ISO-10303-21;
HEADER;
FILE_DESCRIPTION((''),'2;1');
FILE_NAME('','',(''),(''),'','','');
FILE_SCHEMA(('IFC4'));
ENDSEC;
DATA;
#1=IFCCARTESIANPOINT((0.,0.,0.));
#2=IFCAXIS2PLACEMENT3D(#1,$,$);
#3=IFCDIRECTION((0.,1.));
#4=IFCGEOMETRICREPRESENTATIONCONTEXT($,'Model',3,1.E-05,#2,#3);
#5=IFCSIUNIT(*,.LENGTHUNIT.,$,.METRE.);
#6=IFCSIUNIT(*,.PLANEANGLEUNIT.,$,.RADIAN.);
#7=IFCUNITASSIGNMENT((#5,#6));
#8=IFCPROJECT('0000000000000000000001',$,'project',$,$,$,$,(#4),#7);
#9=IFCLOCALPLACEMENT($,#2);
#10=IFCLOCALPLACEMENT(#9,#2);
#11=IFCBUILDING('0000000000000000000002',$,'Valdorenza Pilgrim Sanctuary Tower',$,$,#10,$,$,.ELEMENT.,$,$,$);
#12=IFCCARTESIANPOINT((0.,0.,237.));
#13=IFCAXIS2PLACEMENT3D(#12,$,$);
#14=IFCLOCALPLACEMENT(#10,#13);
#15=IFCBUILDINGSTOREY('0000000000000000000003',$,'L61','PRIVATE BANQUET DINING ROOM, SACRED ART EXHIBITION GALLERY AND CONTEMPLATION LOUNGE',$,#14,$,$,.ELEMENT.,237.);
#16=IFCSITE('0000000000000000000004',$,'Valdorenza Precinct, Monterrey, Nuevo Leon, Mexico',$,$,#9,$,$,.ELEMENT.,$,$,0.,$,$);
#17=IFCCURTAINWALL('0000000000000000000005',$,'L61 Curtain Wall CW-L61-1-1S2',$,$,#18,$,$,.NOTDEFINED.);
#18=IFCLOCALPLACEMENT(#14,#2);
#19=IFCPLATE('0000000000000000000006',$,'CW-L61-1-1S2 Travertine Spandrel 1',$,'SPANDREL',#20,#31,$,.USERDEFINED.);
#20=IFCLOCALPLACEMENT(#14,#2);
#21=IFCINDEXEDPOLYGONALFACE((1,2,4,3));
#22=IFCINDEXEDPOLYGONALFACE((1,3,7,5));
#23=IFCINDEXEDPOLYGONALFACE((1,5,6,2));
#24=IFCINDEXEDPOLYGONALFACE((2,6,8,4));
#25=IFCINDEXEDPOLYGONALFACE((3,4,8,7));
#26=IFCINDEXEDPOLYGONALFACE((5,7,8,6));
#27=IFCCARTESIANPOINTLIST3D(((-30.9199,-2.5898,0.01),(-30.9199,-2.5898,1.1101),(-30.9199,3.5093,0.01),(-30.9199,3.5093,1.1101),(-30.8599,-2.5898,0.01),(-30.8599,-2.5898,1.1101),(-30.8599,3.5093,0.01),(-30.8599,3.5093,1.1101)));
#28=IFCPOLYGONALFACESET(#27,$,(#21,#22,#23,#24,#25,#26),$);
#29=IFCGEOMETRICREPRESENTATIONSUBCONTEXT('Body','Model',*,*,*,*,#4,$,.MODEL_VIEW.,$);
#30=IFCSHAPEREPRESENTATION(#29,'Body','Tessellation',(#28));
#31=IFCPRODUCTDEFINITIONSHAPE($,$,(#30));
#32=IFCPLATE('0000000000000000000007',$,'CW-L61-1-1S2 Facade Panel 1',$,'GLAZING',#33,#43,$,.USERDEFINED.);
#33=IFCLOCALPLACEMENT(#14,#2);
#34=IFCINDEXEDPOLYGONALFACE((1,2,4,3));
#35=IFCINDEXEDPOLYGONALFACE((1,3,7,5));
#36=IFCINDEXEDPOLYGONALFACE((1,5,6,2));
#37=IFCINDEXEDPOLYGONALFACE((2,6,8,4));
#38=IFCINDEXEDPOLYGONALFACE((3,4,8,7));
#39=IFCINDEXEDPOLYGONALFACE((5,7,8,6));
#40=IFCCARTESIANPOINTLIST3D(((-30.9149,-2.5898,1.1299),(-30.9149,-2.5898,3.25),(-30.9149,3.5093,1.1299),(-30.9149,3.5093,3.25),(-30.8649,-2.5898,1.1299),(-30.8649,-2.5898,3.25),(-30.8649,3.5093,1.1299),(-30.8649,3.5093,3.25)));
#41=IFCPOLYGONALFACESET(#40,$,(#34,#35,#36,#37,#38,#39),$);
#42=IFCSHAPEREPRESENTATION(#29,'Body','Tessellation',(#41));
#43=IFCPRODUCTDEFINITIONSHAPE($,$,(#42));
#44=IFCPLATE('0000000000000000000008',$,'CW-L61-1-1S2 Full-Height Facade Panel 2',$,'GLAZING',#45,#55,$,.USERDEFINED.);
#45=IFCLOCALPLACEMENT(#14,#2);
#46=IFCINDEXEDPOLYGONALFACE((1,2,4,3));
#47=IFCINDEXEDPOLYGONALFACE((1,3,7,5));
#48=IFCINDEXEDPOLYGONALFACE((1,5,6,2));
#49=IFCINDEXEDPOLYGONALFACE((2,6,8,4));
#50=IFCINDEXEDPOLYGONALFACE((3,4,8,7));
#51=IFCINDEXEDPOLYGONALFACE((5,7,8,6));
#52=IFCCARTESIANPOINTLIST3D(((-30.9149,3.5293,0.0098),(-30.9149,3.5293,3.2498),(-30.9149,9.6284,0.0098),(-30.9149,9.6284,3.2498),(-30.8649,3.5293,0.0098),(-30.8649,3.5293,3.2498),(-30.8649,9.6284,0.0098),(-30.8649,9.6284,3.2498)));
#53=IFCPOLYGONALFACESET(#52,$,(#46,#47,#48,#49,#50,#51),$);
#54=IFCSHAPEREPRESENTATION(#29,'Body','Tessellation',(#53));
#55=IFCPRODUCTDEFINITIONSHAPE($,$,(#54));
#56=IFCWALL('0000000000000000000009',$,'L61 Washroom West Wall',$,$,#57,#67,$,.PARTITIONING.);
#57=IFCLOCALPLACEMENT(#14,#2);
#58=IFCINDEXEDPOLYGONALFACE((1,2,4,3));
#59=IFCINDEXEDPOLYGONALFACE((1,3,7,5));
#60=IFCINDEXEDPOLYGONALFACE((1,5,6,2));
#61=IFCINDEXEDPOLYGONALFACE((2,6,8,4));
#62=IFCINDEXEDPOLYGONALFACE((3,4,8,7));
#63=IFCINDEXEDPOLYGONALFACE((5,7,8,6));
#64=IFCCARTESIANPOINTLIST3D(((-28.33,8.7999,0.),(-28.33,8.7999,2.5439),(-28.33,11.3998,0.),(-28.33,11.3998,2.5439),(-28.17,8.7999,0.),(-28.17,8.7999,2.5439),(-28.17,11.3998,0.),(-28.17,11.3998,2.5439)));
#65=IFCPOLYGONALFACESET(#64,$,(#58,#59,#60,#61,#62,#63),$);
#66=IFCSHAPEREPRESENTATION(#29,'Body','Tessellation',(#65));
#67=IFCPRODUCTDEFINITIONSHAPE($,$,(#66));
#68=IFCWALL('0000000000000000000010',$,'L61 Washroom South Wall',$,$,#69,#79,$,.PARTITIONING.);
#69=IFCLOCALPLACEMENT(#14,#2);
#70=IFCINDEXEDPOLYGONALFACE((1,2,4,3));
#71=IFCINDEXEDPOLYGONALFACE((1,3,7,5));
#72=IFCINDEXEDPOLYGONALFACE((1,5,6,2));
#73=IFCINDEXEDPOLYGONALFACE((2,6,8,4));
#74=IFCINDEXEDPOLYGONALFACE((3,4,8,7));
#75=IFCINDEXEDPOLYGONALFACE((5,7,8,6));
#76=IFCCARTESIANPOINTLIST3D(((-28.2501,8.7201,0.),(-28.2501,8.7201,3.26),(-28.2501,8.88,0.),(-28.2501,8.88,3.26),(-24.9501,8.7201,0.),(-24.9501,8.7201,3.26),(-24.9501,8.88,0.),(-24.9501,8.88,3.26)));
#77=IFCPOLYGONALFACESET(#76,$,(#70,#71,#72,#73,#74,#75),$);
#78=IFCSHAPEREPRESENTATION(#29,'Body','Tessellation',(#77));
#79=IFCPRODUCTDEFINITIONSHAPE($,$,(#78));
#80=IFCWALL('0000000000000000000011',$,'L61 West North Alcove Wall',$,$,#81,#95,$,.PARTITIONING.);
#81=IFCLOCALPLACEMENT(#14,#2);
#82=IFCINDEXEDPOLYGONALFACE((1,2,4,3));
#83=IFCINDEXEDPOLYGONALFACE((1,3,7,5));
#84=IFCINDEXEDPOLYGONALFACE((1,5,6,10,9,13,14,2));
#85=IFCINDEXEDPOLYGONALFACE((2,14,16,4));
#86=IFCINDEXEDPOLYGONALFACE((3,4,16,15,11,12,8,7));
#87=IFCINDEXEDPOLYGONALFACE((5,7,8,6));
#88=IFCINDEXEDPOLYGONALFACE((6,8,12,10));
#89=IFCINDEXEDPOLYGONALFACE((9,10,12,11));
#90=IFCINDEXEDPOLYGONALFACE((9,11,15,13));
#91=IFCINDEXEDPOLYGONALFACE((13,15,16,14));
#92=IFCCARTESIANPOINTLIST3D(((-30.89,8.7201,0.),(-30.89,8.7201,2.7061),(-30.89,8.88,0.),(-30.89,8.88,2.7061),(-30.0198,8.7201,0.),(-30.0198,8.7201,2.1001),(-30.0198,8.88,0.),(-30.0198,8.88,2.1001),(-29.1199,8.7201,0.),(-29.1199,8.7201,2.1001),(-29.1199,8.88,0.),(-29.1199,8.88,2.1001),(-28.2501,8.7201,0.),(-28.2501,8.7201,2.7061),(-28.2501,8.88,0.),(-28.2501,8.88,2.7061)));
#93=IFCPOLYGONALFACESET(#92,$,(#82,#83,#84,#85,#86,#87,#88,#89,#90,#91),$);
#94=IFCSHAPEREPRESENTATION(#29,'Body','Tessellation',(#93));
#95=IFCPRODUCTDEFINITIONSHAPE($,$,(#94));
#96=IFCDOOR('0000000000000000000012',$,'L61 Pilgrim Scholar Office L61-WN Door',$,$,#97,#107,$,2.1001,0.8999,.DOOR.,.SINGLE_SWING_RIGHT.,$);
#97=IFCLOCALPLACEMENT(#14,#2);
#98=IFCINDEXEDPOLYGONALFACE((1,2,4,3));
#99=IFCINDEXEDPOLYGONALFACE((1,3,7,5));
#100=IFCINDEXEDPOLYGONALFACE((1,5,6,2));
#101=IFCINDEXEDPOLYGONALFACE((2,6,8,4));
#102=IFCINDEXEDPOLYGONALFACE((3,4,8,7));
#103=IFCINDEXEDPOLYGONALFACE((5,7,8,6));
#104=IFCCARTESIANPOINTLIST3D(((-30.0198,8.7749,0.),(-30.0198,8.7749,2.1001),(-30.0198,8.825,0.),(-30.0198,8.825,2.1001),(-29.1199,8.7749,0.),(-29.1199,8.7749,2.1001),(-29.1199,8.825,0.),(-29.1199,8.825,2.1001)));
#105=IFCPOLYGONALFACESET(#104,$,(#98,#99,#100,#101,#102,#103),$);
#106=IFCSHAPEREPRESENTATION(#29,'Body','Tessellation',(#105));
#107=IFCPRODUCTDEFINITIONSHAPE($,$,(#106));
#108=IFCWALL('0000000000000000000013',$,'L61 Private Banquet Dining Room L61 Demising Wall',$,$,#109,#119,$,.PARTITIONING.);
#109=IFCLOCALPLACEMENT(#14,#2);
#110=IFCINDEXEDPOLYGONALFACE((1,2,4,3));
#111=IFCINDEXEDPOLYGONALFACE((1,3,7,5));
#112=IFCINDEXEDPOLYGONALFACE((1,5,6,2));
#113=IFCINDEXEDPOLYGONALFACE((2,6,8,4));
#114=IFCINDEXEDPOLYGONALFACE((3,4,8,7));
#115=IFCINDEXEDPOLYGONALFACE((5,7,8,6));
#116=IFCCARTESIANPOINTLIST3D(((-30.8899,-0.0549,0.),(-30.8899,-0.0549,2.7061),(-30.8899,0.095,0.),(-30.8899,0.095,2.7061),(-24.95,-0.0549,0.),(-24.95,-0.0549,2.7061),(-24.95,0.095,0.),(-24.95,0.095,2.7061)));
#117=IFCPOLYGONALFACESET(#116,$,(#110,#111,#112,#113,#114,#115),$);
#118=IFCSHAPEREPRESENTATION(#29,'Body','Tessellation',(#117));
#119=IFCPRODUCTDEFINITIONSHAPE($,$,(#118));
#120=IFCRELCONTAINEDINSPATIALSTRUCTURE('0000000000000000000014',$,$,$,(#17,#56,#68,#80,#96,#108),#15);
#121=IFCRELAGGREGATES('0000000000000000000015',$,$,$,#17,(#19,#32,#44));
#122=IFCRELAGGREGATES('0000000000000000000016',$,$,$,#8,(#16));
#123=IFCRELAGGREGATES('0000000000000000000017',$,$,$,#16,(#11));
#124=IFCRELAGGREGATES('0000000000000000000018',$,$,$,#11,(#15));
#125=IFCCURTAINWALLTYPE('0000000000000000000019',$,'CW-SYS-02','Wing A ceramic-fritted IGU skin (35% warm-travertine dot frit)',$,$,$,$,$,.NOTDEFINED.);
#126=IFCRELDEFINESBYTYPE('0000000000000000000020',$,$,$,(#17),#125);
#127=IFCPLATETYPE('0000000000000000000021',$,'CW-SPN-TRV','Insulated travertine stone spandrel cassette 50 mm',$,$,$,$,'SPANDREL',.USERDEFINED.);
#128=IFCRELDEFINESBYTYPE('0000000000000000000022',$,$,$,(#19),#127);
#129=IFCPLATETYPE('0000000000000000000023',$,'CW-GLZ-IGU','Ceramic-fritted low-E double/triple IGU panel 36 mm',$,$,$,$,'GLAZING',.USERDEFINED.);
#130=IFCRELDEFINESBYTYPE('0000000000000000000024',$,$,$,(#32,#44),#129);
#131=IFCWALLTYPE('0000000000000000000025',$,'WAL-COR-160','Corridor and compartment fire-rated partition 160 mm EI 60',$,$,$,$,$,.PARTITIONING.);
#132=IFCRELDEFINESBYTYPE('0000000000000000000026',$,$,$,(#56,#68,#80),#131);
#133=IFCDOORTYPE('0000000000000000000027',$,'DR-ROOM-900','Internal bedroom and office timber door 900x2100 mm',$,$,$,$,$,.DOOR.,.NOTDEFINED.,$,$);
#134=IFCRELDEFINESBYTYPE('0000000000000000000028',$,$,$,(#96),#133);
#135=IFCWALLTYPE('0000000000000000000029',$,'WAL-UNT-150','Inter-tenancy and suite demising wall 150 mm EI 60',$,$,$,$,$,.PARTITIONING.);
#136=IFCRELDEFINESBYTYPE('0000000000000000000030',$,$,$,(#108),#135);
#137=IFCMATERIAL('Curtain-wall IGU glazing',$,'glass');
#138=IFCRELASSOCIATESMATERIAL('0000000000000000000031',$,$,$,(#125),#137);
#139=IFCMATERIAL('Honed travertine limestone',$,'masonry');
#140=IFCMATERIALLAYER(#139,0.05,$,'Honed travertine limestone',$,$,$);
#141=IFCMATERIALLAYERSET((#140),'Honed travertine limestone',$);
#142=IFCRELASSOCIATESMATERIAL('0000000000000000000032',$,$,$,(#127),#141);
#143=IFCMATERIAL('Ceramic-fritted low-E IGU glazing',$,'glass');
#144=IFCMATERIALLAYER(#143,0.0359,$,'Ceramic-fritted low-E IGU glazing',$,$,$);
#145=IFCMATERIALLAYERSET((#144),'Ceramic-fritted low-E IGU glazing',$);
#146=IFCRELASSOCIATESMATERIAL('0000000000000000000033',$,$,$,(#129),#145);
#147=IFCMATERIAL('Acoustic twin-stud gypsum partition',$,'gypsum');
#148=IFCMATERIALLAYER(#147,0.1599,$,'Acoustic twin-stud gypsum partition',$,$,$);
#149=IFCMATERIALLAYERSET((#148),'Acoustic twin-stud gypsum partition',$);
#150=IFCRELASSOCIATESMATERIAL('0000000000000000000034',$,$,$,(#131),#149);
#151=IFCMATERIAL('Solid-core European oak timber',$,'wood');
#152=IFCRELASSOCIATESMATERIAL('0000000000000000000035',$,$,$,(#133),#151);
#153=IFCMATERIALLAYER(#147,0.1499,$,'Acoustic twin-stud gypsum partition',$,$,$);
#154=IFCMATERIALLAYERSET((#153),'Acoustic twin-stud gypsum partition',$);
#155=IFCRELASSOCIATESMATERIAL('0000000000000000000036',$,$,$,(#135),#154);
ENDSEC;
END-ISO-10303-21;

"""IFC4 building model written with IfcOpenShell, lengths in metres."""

from ifc_helpers import new_model, si_unit, direction, frame, frame_2d, origin, origin_2d, place, context, subcontext, project, spatial, rectangle, extrude, source, transform, mapped, material, layer, layer_set, type_object, element, fill, aggregate, save


model = new_model("IFC4")

# Units and contexts
model_context = context("Model", 3, precision=1e-05, world=origin(), true_north=direction((0.0, 1.0)))
body_context = subcontext(model_context, "Body", "Model", "MODEL_VIEW")
ifc_project = project(units=[si_unit("LENGTHUNIT", "METRE"), si_unit("PLANEANGLEUNIT", "RADIAN")], contexts=[model_context])

# Site, building, storey
site_placement = place(None, origin())
site = spatial("IfcSite", under=ifc_project, at=site_placement, Name="Valdorenza Precinct, Monterrey, Nuevo Leon, Mexico", CompositionType="ELEMENT", RefElevation=0.0)
building_placement = place(site_placement, origin())
building = spatial("IfcBuilding", under=site, at=building_placement, Name="Valdorenza Pilgrim Sanctuary Tower", CompositionType="ELEMENT")
storey_placement = place(building_placement, frame((0.0, 0.0, 237.0)))
storey = spatial("IfcBuildingStorey", under=building, at=storey_placement, Name="L61", Description="PRIVATE BANQUET DINING ROOM, SACRED ART EXHIBITION GALLERY AND CONTEMPLATION LOUNGE", CompositionType="ELEMENT", Elevation=237.0)

# Curtain wall, plates
ifc_material_1 = material(Name="Curtain-wall IGU glazing", Category="glass")
curtain_wall_type = type_object("IfcCurtainWallType", Name="CW-SYS-02", Description="Wing A ceramic-fritted IGU skin (35% warm-travertine dot frit)", PredefinedType="NOTDEFINED", material=ifc_material_1)
curtain_wall_placement = place(storey_placement, origin())
curtain_wall = element("IfcCurtainWall", 1, at=curtain_wall_placement, inside=storey, type_object=curtain_wall_type, Name="L61 Curtain Wall CW-L61-1-1S2", PredefinedType="NOTDEFINED")
ifc_material_2 = material(Name="Honed travertine limestone", Category="masonry")
ifc_layer_1 = layer(ifc_material_2, 0.05, Name="Honed travertine limestone")
ifc_layer_set_1 = layer_set([ifc_layer_1], Name="Honed travertine limestone")
plate_type_1 = type_object("IfcPlateType", Name="CW-SPN-TRV", Description="Insulated travertine stone spandrel cassette 50 mm", ElementType="SPANDREL", PredefinedType="USERDEFINED", material=ifc_layer_set_1)
shared_shape_1 = source(origin(), body_context, "Body", "SweptSolid", [
    extrude(rectangle(XDim=6.0991, YDim=0.0601, at=origin_2d()), origin(), (0.0, 0.0, 1.0), 1.1001),
])
plate_1_placement = place(storey_placement, frame((-30.8899, 0.4597, 0.01), z_axis=(0.0, 0.0, 1.0), x_axis=(0.0, 1.0, 0.0)))
plate_1 = element("IfcPlate", 2, at=plate_1_placement, type_object=plate_type_1, Name="CW-L61-1-1S2 Travertine Spandrel 1", ObjectType="SPANDREL", PredefinedType="USERDEFINED", context=body_context, shape_type="MappedRepresentation", body=[
    mapped(shared_shape_1, transform((0.0, 0.0, 0.0), x_axis=(1.0, 0.0, 0.0), y_axis=(0.0, 1.0, 0.0), z_axis=(0.0, 0.0, 1.0), scale=1.0)),
])
ifc_material_3 = material(Name="Ceramic-fritted low-E IGU glazing", Category="glass")
ifc_layer_2 = layer(ifc_material_3, 0.0359, Name="Ceramic-fritted low-E IGU glazing")
ifc_layer_set_2 = layer_set([ifc_layer_2], Name="Ceramic-fritted low-E IGU glazing")
plate_type_2 = type_object("IfcPlateType", Name="CW-GLZ-IGU", Description="Ceramic-fritted low-E double/triple IGU panel 36 mm", ElementType="GLAZING", PredefinedType="USERDEFINED", material=ifc_layer_set_2)
shared_shape_2 = source(origin(), body_context, "Body", "SweptSolid", [
    extrude(rectangle(XDim=6.0991, YDim=0.05, at=origin_2d()), origin(), (0.0, 0.0, 1.0), 2.1201),
])
plate_2_placement = place(storey_placement, frame((-30.8899, 0.4597, 1.1299), z_axis=(0.0, 0.0, 1.0), x_axis=(0.0, 1.0, 0.0)))
plate_2 = element("IfcPlate", 3, at=plate_2_placement, type_object=plate_type_2, Name="CW-L61-1-1S2 Facade Panel 1", ObjectType="GLAZING", PredefinedType="USERDEFINED", context=body_context, shape_type="MappedRepresentation", body=[
    mapped(shared_shape_2, transform((0.0, 0.0, 0.0), x_axis=(1.0, 0.0, 0.0), y_axis=(0.0, 1.0, 0.0), z_axis=(0.0, 0.0, 1.0), scale=1.0)),
])
shared_shape_3 = source(origin(), body_context, "Body", "SweptSolid", [
    extrude(rectangle(XDim=6.0991, YDim=0.05, at=origin_2d()), origin(), (0.0, 0.0, 1.0), 3.24),
])
plate_3_placement = place(storey_placement, frame((-30.8899, 6.5789, 0.0098), z_axis=(0.0, 0.0, 1.0), x_axis=(0.0, 1.0, 0.0)))
plate_3 = element("IfcPlate", 4, at=plate_3_placement, type_object=plate_type_2, Name="CW-L61-1-1S2 Full-Height Facade Panel 2", ObjectType="GLAZING", PredefinedType="USERDEFINED", context=body_context, shape_type="MappedRepresentation", body=[
    mapped(shared_shape_3, transform((0.0, 0.0, 0.0), x_axis=(1.0, 0.0, 0.0), y_axis=(0.0, 1.0, 0.0), z_axis=(0.0, 0.0, 1.0), scale=1.0)),
])
aggregate(curtain_wall, [plate_1, plate_2, plate_3])

# Walls
ifc_material_4 = material(Name="Acoustic twin-stud gypsum partition", Category="gypsum")
ifc_layer_3 = layer(ifc_material_4, 0.1599, Name="Acoustic twin-stud gypsum partition")
ifc_layer_set_3 = layer_set([ifc_layer_3], Name="Acoustic twin-stud gypsum partition")
wall_type_1 = type_object("IfcWallType", Name="WAL-COR-160", Description="Corridor and compartment fire-rated partition 160 mm EI 60", PredefinedType="PARTITIONING", material=ifc_layer_set_3)
wall_1_placement = place(storey_placement, frame((-28.25, 8.8, 0.0), z_axis=(0.0, 0.0, 1.0), x_axis=(0.0, 1.0, 0.0)))
element("IfcWall", 5, at=wall_1_placement, inside=storey, type_object=wall_type_1, Name="L61 Washroom West Wall", PredefinedType="PARTITIONING", context=body_context, shape_type="SweptSolid", body=[
    extrude(rectangle(XDim=2.5999, YDim=0.1599, at=frame_2d((1.2998, 0.0))), origin(), (0.0, 0.0, 1.0), 2.5439),
])
wall_2_placement = place(storey_placement, frame((-28.25, 8.8, 0.0), z_axis=(0.0, 0.0, 1.0), x_axis=(1.0, 0.0, 0.0)))
element("IfcWall", 6, at=wall_2_placement, inside=storey, type_object=wall_type_1, Name="L61 Washroom South Wall", PredefinedType="PARTITIONING", context=body_context, shape_type="SweptSolid", body=[
    extrude(rectangle(XDim=3.3, YDim=0.1599, at=frame_2d((1.6499, 0.0))), origin(), (0.0, 0.0, 1.0), 3.26),
])

# Wall, opening, door
wall_3_placement = place(storey_placement, frame((-30.8899, 8.8, 0.0), z_axis=(0.0, 0.0, 1.0), x_axis=(1.0, 0.0, 0.0)))
wall_3 = element("IfcWall", 7, at=wall_3_placement, inside=storey, type_object=wall_type_1, Name="L61 West North Alcove Wall", PredefinedType="PARTITIONING", context=body_context, shape_type="SweptSolid", body=[
    extrude(rectangle(XDim=2.6399, YDim=0.1599, at=frame_2d((1.3198, 0.0))), origin(), (0.0, 0.0, 1.0), 2.7061),
])
opening_placement = place(wall_3_placement, frame((0.8701, 0.0, 0.0)))
opening = element("IfcOpeningElement", 8, at=opening_placement, cuts=wall_3, PredefinedType="OPENING", context=body_context, shape_type="SweptSolid", body=[
    extrude(rectangle(XDim=0.8999, YDim=2.1001, at=frame_2d((0.45, 1.05))), frame((0.0, 0.0947, 0.0), z_axis=(0.0, -1.0, 0.0), x_axis=(1.0, 0.0, 0.0)), (0.0, 0.0, 1.0), 0.1897),
])
ifc_material_5 = material(Name="Solid-core European oak timber", Category="wood")
door_type = type_object("IfcDoorType", Name="DR-ROOM-900", Description="Internal bedroom and office timber door 900x2100 mm", OperationType="NOTDEFINED", PredefinedType="DOOR", material=ifc_material_5)
door_placement = place(opening_placement, origin())
door = element("IfcDoor", 9, at=door_placement, inside=storey, type_object=door_type, Name="L61 Pilgrim Scholar Office L61-WN Door", OperationType="SINGLE_SWING_RIGHT", OverallHeight=2.1001, OverallWidth=0.8999, PredefinedType="DOOR", context=body_context, shape_type="SweptSolid", body=[
    extrude(rectangle(XDim=0.8999, YDim=2.1001, at=frame_2d((0.45, 1.05))), frame((0.0, 0.0249, 0.0), z_axis=(0.0, -1.0, 0.0), x_axis=(1.0, 0.0, 0.0)), (0.0, 0.0, 1.0), 0.05),
])
fill(opening, door)

# Wall
ifc_layer_4 = layer(ifc_material_4, 0.1499, Name="Acoustic twin-stud gypsum partition")
ifc_layer_set_4 = layer_set([ifc_layer_4], Name="Acoustic twin-stud gypsum partition")
wall_type_2 = type_object("IfcWallType", Name="WAL-UNT-150", Description="Inter-tenancy and suite demising wall 150 mm EI 60", PredefinedType="PARTITIONING", material=ifc_layer_set_4)
wall_4_placement = place(storey_placement, frame((-30.8899, 0.02, 0.0), z_axis=(0.0, 0.0, 1.0), x_axis=(1.0, 0.0, 0.0)))
element("IfcWall", 10, at=wall_4_placement, inside=storey, type_object=wall_type_2, Name="L61 Private Banquet Dining Room L61 Demising Wall", PredefinedType="PARTITIONING", context=body_context, shape_type="SweptSolid", body=[
    extrude(rectangle(XDim=5.9399, YDim=0.1499, at=frame_2d((2.97, 0.0))), origin(), (0.0, 0.0, 1.0), 2.7061),
])

save(model, "model.ifc")
